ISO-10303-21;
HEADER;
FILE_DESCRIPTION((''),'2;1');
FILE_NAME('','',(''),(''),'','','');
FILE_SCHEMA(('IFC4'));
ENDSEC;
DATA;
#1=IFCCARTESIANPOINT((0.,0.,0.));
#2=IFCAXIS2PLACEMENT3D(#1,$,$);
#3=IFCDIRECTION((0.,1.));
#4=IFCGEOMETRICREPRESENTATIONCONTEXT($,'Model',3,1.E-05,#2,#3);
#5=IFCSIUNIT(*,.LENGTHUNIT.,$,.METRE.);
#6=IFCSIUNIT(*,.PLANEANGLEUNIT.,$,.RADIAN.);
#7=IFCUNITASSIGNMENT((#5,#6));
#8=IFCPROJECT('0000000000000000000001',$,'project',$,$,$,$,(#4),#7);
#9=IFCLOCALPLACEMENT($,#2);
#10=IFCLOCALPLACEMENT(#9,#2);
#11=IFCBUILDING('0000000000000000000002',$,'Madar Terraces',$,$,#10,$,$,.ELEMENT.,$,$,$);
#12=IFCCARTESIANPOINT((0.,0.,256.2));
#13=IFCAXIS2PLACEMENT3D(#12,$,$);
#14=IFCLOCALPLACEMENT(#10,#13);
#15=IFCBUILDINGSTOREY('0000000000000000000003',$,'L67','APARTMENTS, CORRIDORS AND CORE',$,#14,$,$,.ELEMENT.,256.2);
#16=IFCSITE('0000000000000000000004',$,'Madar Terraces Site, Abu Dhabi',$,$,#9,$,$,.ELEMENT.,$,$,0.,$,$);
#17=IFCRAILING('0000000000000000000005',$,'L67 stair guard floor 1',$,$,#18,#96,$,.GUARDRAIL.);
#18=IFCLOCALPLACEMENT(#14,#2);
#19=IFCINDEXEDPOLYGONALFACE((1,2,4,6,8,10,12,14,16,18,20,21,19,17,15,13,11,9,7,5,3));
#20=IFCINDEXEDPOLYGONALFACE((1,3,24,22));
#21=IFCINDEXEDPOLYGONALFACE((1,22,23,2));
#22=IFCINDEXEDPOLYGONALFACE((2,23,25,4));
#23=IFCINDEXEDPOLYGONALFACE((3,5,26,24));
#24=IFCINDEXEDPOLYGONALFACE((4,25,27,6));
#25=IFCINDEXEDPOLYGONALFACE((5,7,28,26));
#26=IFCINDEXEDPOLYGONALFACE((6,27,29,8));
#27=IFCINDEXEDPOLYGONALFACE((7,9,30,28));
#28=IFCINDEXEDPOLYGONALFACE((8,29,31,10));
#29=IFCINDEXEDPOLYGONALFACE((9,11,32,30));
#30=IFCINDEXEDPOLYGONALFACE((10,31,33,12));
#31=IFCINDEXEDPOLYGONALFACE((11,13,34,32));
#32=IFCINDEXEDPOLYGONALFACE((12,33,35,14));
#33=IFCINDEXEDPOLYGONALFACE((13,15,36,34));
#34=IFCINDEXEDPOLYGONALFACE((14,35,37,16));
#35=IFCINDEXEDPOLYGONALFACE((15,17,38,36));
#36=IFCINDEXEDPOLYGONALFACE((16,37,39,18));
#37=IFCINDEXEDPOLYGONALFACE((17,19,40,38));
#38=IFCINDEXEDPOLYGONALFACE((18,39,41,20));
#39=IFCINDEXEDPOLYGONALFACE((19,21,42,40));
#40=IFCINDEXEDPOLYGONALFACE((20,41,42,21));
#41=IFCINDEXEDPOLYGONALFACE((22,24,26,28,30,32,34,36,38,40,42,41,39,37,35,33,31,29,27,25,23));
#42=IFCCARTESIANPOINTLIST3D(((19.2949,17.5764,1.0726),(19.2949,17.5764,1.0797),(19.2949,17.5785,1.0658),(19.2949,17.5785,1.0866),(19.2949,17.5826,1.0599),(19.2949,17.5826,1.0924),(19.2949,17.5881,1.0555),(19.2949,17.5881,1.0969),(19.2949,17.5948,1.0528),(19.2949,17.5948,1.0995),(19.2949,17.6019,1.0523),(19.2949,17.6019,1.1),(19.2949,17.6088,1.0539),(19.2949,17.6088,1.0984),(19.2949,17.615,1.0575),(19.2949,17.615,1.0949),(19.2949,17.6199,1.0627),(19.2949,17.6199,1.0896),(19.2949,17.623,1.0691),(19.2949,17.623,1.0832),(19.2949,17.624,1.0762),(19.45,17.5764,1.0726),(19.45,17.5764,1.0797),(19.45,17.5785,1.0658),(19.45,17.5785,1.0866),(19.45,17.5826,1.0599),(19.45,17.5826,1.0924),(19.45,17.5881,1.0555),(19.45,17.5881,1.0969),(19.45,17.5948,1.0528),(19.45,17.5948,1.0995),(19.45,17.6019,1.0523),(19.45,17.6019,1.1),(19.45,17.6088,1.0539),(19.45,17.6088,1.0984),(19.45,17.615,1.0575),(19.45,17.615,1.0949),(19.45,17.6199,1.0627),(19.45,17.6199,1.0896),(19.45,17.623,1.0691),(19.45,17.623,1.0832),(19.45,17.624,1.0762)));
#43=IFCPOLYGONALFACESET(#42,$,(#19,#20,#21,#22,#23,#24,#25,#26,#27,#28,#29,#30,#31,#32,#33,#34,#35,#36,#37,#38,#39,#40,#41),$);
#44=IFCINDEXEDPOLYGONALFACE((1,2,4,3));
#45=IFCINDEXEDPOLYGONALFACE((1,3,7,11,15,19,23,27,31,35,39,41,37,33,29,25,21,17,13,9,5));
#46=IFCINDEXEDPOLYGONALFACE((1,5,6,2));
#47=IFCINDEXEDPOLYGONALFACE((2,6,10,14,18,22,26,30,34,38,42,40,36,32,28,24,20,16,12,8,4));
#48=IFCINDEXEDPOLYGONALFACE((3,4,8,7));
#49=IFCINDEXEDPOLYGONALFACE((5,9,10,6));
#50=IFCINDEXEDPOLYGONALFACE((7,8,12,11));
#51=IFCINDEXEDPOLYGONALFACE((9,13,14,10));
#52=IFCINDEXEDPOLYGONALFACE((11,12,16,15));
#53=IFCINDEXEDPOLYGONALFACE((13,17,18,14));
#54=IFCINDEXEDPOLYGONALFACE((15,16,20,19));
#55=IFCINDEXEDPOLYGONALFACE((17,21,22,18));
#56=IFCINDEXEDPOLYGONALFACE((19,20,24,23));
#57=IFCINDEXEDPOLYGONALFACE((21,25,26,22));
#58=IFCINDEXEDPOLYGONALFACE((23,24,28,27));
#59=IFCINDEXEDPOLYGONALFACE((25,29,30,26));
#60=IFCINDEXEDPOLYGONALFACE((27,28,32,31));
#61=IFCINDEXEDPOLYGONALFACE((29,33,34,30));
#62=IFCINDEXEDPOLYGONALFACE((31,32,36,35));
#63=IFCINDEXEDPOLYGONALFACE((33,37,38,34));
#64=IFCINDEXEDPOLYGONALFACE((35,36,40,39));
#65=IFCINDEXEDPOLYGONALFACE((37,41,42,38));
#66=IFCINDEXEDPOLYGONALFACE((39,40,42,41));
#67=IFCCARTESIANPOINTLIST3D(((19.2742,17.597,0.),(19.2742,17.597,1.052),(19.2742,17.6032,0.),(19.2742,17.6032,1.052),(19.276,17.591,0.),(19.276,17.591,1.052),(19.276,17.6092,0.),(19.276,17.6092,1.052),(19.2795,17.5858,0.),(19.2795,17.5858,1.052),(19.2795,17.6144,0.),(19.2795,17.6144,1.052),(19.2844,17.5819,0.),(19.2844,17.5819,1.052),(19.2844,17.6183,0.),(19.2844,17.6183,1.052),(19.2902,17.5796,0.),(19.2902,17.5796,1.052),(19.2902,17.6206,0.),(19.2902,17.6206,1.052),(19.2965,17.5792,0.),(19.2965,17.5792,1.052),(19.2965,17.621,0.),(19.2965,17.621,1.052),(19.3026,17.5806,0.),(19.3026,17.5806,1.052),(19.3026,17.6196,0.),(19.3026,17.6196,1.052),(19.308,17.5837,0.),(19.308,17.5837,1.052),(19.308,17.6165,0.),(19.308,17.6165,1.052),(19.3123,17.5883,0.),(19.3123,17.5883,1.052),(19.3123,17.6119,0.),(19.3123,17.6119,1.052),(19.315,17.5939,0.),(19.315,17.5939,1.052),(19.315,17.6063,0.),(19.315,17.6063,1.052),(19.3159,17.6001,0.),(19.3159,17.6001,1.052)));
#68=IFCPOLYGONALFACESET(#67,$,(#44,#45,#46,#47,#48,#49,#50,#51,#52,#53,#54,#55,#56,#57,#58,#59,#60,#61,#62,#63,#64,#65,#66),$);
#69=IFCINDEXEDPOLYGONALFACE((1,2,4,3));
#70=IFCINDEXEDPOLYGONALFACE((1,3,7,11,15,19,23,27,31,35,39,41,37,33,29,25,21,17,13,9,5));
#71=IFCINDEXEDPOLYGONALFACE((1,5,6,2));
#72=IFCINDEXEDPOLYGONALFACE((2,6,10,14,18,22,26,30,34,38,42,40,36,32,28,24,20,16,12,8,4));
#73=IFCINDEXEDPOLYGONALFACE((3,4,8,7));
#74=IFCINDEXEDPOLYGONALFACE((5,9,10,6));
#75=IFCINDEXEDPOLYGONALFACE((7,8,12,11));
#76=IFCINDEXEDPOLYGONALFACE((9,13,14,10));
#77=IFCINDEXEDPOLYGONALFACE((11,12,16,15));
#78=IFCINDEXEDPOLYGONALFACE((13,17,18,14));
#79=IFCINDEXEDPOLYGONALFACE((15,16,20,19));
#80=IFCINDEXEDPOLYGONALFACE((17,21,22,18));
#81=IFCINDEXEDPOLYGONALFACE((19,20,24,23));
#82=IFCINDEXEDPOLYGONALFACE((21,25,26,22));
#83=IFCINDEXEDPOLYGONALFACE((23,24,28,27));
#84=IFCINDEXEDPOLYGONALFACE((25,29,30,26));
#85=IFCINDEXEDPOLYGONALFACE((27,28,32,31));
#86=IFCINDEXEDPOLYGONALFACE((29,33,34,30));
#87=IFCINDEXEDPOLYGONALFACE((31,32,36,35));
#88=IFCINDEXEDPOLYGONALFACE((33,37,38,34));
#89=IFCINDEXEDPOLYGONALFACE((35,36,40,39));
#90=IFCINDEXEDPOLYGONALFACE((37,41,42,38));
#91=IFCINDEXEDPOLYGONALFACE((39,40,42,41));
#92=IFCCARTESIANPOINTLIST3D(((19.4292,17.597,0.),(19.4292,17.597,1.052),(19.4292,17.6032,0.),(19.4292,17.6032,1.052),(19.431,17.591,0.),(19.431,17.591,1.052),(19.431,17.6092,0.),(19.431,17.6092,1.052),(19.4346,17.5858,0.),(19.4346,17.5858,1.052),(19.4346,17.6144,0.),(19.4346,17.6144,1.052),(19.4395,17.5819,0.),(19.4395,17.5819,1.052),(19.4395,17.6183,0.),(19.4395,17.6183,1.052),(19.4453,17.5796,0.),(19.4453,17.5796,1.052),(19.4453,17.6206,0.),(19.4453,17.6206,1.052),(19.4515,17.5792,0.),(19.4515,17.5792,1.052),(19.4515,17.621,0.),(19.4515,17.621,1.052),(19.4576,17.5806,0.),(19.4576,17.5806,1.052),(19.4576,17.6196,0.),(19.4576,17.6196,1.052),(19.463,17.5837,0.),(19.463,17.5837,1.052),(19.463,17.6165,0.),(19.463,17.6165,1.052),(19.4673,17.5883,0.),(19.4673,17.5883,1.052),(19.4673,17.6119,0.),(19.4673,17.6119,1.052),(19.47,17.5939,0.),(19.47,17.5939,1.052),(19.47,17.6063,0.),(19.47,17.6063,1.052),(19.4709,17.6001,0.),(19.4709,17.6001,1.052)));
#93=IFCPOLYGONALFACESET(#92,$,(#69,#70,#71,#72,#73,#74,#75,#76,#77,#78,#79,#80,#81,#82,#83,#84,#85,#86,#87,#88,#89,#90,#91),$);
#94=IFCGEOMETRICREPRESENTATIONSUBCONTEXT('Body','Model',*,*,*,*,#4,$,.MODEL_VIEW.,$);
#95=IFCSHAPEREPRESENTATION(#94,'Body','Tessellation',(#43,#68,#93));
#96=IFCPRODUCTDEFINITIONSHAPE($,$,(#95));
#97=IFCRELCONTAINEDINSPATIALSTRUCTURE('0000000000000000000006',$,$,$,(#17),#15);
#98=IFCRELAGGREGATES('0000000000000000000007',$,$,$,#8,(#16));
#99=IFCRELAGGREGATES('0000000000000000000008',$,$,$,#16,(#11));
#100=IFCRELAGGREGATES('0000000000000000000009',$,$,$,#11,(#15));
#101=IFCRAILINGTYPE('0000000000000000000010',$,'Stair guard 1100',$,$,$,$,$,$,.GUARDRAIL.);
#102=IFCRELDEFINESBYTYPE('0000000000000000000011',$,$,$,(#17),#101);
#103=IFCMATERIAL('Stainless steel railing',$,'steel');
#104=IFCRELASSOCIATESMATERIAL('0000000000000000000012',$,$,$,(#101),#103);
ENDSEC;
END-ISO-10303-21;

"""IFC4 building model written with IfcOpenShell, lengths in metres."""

from ifc_helpers import new_model, si_unit, direction, frame, origin, origin_2d, place, context, subcontext, project, spatial, circle, extrude, material, type_object, element, save


model = new_model("IFC4")

# Units and contexts
model_context = context("Model", 3, precision=1e-05, world=origin(), true_north=direction((0.0, 1.0)))
body_context = subcontext(model_context, "Body", "Model", "MODEL_VIEW")
ifc_project = project(units=[si_unit("LENGTHUNIT", "METRE"), si_unit("PLANEANGLEUNIT", "RADIAN")], contexts=[model_context])

# Site, building, storey
site_placement = place(None, origin())
site = spatial("IfcSite", under=ifc_project, at=site_placement, Name="Madar Terraces Site, Abu Dhabi", CompositionType="ELEMENT", RefElevation=0.0)
building_placement = place(site_placement, origin())
building = spatial("IfcBuilding", under=site, at=building_placement, Name="Madar Terraces", CompositionType="ELEMENT")
storey_placement = place(building_placement, frame((0.0, 0.0, 256.2)))
storey = spatial("IfcBuildingStorey", under=building, at=storey_placement, Name="L67", Description="APARTMENTS, CORRIDORS AND CORE", CompositionType="ELEMENT", Elevation=256.2)

# Railing
ifc_material_1 = material(Name="Stainless steel railing", Category="steel")
railing_type_1 = type_object("IfcRailingType", Name="Stair guard 1100", PredefinedType="GUARDRAIL", material=ifc_material_1)
for number, where, name in (
    (1, (19.2949, 17.6001, 0.0), "L67 stair guard floor 1"),
):
    element("IfcRailing", number, at=place(storey_placement, frame(where)), inside=storey, type_object=railing_type_1, Name=name, PredefinedType="GUARDRAIL", context=body_context, shape_type="SweptSolid", body=[
        extrude(circle(Radius=0.0239, at=origin_2d()), frame((0.0, 0.0, 1.0762), z_axis=(1.0, 0.0, 0.0), x_axis=(0.0, 1.0, 0.0)), (0.0, 0.0, 1.0), 0.155),
        extrude(circle(Radius=0.021, at=origin_2d()), origin(), (0.0, 0.0, 1.0), 1.052),
        extrude(circle(Radius=0.021, at=origin_2d()), frame((0.155, 0.0, 0.0)), (0.0, 0.0, 1.0), 1.052),
    ])

save(model, "model.ifc")
